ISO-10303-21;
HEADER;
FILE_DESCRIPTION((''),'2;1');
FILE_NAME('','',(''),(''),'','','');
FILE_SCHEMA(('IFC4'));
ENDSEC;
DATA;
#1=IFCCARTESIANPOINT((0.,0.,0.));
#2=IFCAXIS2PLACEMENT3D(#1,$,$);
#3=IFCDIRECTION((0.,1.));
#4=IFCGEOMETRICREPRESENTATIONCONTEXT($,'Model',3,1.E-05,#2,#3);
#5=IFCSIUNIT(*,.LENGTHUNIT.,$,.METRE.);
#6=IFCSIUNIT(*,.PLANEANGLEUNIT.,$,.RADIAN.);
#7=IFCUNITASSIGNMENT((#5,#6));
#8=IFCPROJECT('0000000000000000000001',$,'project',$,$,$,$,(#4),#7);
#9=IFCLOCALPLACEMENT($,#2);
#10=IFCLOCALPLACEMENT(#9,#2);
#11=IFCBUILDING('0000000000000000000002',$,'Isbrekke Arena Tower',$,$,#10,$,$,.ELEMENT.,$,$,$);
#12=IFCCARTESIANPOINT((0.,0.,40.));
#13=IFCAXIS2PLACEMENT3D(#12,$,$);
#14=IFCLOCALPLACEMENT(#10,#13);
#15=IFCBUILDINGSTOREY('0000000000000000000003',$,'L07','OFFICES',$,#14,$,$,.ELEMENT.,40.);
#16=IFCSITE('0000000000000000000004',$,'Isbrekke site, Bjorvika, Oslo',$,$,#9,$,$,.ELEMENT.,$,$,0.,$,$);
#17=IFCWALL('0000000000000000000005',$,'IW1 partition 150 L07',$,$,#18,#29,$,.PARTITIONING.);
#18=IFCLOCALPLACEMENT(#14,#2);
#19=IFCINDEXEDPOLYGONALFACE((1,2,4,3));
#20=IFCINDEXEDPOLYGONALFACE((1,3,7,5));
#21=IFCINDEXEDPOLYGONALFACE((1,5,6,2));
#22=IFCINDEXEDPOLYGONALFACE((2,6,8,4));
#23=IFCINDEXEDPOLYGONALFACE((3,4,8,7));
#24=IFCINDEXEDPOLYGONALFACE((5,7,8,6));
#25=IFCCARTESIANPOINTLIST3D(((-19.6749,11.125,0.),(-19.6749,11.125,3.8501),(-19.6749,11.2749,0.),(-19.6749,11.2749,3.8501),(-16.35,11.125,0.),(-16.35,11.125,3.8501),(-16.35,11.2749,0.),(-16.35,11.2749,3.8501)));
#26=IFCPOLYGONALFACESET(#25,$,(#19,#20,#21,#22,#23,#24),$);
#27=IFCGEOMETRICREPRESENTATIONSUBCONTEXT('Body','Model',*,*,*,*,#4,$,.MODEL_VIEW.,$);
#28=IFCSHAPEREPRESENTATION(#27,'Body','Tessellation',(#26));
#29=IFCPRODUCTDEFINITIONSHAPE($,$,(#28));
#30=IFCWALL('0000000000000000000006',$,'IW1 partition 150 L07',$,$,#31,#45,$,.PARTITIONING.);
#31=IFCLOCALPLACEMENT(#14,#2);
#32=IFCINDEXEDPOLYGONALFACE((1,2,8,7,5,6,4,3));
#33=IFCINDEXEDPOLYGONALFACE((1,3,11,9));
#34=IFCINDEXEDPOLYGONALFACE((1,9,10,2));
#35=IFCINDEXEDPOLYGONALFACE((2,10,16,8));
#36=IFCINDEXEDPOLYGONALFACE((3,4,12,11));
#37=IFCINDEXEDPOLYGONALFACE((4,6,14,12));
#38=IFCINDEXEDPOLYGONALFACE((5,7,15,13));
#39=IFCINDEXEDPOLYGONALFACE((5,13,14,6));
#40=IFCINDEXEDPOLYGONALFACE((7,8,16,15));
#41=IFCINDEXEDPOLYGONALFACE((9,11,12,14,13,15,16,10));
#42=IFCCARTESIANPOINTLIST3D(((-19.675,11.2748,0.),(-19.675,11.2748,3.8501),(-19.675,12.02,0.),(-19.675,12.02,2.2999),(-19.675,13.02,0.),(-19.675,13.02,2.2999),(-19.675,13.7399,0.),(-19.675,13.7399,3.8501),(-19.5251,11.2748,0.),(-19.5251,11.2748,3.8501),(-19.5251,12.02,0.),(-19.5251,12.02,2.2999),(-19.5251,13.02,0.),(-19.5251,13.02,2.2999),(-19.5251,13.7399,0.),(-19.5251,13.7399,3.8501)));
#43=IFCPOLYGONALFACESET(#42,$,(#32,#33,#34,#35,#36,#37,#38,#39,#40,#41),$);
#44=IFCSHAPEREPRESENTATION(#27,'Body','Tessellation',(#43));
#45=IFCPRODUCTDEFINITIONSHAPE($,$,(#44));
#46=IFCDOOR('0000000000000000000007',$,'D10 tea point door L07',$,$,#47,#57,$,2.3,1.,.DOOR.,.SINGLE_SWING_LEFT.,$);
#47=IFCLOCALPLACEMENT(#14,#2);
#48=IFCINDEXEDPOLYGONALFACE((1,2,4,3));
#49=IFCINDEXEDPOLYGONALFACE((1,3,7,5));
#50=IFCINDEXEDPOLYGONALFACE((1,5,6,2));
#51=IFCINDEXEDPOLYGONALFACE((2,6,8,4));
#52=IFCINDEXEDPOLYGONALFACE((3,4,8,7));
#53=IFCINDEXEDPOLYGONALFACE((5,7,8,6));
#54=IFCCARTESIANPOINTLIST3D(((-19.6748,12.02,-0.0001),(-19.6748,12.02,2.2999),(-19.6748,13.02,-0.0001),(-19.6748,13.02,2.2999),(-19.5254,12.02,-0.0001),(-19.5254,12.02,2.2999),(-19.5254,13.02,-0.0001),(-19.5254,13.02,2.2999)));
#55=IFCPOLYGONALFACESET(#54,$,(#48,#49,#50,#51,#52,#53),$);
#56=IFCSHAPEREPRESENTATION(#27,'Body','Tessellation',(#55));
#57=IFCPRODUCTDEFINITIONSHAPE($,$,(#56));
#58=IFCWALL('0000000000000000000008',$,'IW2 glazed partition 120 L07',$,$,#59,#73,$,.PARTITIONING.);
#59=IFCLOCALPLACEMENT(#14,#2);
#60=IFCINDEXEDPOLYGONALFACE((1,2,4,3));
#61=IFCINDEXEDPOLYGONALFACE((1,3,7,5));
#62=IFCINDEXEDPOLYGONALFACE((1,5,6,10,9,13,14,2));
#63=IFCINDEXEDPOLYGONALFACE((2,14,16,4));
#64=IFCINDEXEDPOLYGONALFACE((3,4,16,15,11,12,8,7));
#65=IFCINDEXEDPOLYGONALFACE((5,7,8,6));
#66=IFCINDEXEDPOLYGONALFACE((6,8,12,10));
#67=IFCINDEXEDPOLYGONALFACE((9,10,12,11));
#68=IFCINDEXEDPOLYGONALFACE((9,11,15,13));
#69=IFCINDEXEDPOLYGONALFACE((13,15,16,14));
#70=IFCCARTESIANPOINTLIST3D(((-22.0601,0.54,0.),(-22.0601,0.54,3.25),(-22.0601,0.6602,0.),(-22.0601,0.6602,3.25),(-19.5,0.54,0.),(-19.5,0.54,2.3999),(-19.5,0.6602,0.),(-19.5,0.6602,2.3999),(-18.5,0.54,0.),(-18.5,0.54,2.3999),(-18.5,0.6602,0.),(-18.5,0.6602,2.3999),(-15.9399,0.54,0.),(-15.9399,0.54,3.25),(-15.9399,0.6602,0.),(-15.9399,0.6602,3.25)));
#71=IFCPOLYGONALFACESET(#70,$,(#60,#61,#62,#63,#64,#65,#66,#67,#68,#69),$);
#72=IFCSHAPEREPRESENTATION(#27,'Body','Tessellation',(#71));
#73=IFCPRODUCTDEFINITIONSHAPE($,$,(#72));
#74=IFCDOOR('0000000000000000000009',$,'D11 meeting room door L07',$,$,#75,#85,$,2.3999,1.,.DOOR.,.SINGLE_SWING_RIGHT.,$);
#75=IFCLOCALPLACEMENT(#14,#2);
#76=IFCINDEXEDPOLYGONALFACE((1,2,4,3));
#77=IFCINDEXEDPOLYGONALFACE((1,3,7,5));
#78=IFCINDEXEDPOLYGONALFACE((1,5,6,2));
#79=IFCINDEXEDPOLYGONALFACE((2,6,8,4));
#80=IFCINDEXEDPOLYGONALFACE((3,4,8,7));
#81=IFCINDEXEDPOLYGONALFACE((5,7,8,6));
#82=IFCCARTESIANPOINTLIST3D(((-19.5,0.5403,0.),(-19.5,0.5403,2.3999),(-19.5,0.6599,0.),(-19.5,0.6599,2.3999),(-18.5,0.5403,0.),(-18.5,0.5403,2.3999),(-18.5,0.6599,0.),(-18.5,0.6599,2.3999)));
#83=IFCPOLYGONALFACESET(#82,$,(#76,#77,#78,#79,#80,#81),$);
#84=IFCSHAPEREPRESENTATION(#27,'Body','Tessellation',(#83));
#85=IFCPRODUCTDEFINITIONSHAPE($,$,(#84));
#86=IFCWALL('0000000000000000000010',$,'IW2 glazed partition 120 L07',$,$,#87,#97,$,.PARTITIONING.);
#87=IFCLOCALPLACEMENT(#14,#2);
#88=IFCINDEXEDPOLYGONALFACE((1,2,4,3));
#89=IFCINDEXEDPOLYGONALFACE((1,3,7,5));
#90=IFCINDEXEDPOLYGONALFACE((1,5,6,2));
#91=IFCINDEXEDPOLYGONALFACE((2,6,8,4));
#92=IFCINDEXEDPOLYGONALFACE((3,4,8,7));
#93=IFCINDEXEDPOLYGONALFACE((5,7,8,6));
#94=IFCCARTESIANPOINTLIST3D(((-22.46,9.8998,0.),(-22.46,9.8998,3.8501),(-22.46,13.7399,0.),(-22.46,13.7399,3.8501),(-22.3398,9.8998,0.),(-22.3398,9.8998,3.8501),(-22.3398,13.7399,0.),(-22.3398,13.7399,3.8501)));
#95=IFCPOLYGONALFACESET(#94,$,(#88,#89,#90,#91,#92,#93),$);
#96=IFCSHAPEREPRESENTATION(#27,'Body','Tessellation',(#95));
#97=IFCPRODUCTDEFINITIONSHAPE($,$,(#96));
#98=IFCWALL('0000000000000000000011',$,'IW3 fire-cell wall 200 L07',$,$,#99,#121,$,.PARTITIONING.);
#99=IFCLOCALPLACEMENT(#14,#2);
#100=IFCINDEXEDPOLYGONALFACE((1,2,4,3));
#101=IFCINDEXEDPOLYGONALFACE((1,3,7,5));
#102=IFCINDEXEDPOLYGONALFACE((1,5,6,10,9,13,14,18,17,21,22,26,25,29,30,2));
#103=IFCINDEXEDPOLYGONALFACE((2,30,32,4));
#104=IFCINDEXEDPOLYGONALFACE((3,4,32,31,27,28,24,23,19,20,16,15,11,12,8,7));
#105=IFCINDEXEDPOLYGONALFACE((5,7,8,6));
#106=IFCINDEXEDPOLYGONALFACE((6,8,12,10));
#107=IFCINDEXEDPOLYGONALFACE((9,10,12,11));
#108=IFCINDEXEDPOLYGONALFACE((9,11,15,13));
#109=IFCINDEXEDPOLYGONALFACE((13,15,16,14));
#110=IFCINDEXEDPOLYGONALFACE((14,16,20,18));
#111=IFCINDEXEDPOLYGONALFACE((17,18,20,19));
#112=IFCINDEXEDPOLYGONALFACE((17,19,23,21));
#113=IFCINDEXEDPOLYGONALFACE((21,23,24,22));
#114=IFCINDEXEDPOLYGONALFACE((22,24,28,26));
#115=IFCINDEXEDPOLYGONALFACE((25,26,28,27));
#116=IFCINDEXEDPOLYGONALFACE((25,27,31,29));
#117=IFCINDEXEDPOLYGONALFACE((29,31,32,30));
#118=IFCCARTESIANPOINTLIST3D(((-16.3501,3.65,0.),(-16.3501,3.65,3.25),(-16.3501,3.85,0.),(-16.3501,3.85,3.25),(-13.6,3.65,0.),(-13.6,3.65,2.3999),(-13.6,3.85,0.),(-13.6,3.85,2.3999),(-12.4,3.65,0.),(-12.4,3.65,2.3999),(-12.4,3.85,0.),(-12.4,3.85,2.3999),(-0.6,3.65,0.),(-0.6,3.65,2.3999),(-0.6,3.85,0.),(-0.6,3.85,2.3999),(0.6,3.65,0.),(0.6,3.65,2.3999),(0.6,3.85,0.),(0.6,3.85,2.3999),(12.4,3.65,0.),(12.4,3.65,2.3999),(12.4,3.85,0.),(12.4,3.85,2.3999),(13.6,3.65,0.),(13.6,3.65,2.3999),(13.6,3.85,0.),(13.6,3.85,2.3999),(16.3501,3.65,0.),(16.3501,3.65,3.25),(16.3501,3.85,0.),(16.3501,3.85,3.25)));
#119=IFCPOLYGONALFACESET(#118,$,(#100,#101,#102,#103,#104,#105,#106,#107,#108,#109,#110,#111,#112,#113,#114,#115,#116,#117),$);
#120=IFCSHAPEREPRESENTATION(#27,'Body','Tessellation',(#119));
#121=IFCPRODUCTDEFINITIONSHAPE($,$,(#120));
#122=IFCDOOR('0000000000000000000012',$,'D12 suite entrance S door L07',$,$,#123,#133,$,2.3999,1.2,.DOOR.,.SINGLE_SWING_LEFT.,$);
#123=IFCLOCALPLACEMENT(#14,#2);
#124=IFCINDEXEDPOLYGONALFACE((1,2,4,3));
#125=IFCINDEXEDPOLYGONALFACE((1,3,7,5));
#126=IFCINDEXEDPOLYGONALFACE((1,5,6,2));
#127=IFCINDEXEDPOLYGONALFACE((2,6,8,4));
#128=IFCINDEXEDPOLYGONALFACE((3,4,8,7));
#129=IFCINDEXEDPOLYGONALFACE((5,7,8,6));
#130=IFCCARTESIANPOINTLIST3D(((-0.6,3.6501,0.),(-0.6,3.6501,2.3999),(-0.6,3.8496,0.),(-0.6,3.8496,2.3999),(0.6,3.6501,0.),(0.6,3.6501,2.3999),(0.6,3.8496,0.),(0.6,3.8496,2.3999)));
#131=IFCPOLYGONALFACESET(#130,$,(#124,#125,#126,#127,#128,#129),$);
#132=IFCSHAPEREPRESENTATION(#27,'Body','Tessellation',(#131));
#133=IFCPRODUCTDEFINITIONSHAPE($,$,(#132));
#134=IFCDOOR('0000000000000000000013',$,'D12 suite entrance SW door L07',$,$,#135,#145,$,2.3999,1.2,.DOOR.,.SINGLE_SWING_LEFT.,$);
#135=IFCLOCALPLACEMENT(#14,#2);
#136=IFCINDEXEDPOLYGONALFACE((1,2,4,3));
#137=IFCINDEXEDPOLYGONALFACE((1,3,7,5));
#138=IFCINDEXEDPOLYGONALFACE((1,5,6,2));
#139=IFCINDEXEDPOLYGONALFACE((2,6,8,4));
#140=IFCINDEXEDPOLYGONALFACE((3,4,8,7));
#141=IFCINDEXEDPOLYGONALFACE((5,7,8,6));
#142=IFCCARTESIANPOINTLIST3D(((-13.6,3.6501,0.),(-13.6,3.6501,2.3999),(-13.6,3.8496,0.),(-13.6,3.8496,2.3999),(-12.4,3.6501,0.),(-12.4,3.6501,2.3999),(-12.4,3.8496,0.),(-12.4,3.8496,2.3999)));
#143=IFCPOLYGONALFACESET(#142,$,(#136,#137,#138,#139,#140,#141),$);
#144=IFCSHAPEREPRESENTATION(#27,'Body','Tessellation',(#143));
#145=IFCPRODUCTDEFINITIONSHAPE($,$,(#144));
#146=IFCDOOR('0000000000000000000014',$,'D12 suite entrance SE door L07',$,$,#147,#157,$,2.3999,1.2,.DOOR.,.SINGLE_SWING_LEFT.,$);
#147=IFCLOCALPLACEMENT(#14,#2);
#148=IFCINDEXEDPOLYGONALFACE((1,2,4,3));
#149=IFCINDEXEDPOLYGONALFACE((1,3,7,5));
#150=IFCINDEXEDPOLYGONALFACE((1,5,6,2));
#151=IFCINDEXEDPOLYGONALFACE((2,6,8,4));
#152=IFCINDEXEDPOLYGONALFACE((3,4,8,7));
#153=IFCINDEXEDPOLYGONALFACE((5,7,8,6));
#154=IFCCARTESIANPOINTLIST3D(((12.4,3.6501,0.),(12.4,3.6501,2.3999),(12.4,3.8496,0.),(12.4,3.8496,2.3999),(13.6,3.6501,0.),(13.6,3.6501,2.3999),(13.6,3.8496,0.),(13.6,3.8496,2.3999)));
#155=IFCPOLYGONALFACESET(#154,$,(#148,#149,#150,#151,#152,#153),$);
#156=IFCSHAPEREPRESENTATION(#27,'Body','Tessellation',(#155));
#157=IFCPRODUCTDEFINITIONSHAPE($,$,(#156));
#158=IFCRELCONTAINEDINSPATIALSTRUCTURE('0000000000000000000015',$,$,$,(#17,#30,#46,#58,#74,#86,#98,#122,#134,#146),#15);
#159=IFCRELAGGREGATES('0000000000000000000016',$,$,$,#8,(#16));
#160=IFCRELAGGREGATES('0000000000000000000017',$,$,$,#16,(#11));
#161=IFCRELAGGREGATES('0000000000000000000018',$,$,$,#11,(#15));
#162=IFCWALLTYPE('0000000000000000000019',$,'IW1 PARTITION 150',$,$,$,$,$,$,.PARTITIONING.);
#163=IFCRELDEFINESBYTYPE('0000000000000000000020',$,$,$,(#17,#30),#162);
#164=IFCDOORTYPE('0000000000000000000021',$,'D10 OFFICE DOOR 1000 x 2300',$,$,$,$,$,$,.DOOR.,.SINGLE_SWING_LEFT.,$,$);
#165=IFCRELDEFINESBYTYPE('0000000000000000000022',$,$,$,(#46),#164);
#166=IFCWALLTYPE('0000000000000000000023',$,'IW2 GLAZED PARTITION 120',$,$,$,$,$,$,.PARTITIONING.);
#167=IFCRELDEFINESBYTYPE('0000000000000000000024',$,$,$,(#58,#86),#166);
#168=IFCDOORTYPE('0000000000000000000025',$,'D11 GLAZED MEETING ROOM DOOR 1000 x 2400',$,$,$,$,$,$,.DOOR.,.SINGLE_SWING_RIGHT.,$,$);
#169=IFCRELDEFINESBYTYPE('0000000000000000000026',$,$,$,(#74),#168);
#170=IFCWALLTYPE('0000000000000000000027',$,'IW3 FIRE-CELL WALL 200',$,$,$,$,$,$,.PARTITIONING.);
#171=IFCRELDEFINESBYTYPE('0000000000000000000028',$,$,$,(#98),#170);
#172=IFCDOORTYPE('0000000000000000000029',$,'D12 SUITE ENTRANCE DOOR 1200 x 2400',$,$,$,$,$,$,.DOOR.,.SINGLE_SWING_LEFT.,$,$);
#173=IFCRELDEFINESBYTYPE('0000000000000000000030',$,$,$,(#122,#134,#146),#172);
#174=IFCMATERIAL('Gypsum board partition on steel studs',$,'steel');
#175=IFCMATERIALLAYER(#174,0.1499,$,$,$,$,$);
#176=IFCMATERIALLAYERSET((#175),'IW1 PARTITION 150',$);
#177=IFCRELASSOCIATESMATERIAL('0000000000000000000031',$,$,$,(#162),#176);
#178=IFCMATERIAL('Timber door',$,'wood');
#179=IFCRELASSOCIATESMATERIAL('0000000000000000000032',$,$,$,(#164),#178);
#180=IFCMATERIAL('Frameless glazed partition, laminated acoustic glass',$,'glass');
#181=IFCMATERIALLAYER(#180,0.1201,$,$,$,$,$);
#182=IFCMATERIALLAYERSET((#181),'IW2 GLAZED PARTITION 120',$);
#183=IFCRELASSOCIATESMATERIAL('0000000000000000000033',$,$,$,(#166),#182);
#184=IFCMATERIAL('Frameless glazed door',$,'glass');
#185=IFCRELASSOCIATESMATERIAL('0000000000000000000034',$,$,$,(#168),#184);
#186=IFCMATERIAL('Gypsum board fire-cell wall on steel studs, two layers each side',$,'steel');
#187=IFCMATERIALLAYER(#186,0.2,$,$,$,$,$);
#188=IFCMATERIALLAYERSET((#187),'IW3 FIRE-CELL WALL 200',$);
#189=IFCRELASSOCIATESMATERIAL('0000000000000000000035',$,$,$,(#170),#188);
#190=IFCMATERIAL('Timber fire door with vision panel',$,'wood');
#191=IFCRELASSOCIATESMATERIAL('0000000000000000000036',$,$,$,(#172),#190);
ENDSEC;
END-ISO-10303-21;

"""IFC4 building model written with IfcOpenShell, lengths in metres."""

from ifc_helpers import new_model, si_unit, direction, frame, frame_2d, origin, place, context, subcontext, project, spatial, rectangle, extrude, material, layer, layer_set, type_object, element, fill, save


model = new_model("IFC4")

# Units and contexts
model_context = context("Model", 3, precision=1e-05, world=origin(), true_north=direction((0.0, 1.0)))
body_context = subcontext(model_context, "Body", "Model", "MODEL_VIEW")
ifc_project = project(units=[si_unit("LENGTHUNIT", "METRE"), si_unit("PLANEANGLEUNIT", "RADIAN")], contexts=[model_context])

# Site, building, storey
site_placement = place(None, origin())
site = spatial("IfcSite", under=ifc_project, at=site_placement, Name="Isbrekke site, Bjorvika, Oslo", CompositionType="ELEMENT", RefElevation=0.0)
building_placement = place(site_placement, origin())
building = spatial("IfcBuilding", under=site, at=building_placement, Name="Isbrekke Arena Tower", CompositionType="ELEMENT")
storey_placement = place(building_placement, frame((0.0, 0.0, 40.0)))
storey = spatial("IfcBuildingStorey", under=building, at=storey_placement, Name="L07", Description="OFFICES", CompositionType="ELEMENT", Elevation=40.0)

# Wall
ifc_material_1 = material(Name="Gypsum board partition on steel studs", Category="steel")
ifc_layer_1 = layer(ifc_material_1, 0.1499)
ifc_layer_set_1 = layer_set([ifc_layer_1], Name="IW1 PARTITION 150")
wall_type_1 = type_object("IfcWallType", Name="IW1 PARTITION 150", PredefinedType="PARTITIONING", material=ifc_layer_set_1)
wall_1_placement = place(storey_placement, frame((-19.675, 11.2, 0.0), z_axis=(0.0, 0.0, 1.0), x_axis=(1.0, 0.0, 0.0)))
element("IfcWall", 1, at=wall_1_placement, inside=storey, type_object=wall_type_1, Name="IW1 partition 150 L07", PredefinedType="PARTITIONING", context=body_context, shape_type="SweptSolid", body=[
    extrude(rectangle(XDim=3.325, YDim=0.1499, at=frame_2d((1.6626, 0.0))), origin(), (0.0, 0.0, 1.0), 3.8501),
])

# Walls, openings, doors
wall_2_placement = place(storey_placement, frame((-19.6001, 11.2749, 0.0), z_axis=(0.0, 0.0, 1.0), x_axis=(0.0, 1.0, 0.0)))
wall_2 = element("IfcWall", 2, at=wall_2_placement, inside=storey, type_object=wall_type_1, Name="IW1 partition 150 L07", PredefinedType="PARTITIONING", context=body_context, shape_type="SweptSolid", body=[
    extrude(rectangle(XDim=2.4651, YDim=0.1499, at=frame_2d((1.2324, 0.0))), origin(), (0.0, 0.0, 1.0), 3.8501),
])
opening_1_placement = place(wall_2_placement, frame((0.7451, 0.0, 0.0)))
opening_1 = element("IfcOpeningElement", 3, at=opening_1_placement, cuts=wall_2, PredefinedType="OPENING", context=body_context, shape_type="SweptSolid", body=[
    extrude(rectangle(XDim=1.0, YDim=2.3, at=frame_2d((0.5, 1.1499))), frame((0.0, 0.0898, 0.0), z_axis=(0.0, -1.0, 0.0), x_axis=(1.0, 0.0, 0.0)), (0.0, 0.0, 1.0), 0.1797),
])
ifc_material_2 = material(Name="Timber door", Category="wood")
door_type_1 = type_object("IfcDoorType", Name="D10 OFFICE DOOR 1000 x 2300", OperationType="SINGLE_SWING_LEFT", PredefinedType="DOOR", material=ifc_material_2)
door_1_placement = place(opening_1_placement, origin())
door_1 = element("IfcDoor", 4, at=door_1_placement, inside=storey, type_object=door_type_1, Name="D10 tea point door L07", OperationType="SINGLE_SWING_LEFT", OverallHeight=2.3, OverallWidth=1.0, PredefinedType="DOOR", context=body_context, shape_type="SweptSolid", body=[
    extrude(rectangle(XDim=1.0, YDim=2.3, at=frame_2d((0.5, 1.1499))), frame((0.0, 0.0747, 0.0), z_axis=(0.0, -1.0, 0.0), x_axis=(1.0, 0.0, 0.0)), (0.0, 0.0, 1.0), 0.1494),
])
fill(opening_1, door_1)
ifc_material_3 = material(Name="Frameless glazed partition, laminated acoustic glass", Category="glass")
ifc_layer_2 = layer(ifc_material_3, 0.1201)
ifc_layer_set_2 = layer_set([ifc_layer_2], Name="IW2 GLAZED PARTITION 120")
wall_type_2 = type_object("IfcWallType", Name="IW2 GLAZED PARTITION 120", PredefinedType="PARTITIONING", material=ifc_layer_set_2)
wall_3_placement = place(storey_placement, frame((-22.0601, 0.6001, 0.0), z_axis=(0.0, 0.0, 1.0), x_axis=(1.0, 0.0, 0.0)))
wall_3 = element("IfcWall", 5, at=wall_3_placement, inside=storey, type_object=wall_type_2, Name="IW2 glazed partition 120 L07", PredefinedType="PARTITIONING", context=body_context, shape_type="SweptSolid", body=[
    extrude(rectangle(XDim=6.1201, YDim=0.1201, at=frame_2d((3.0601, 0.0))), origin(), (0.0, 0.0, 1.0), 3.25),
])
opening_2_placement = place(wall_3_placement, frame((2.5601, 0.0, 0.0)))
opening_2 = element("IfcOpeningElement", 6, at=opening_2_placement, cuts=wall_3, PredefinedType="OPENING", context=body_context, shape_type="SweptSolid", body=[
    extrude(rectangle(XDim=1.0, YDim=2.3999, at=frame_2d((0.5, 1.2))), frame((0.0, 0.075, 0.0), z_axis=(0.0, -1.0, 0.0), x_axis=(1.0, 0.0, 0.0)), (0.0, 0.0, 1.0), 0.1499),
])
ifc_material_4 = material(Name="Frameless glazed door", Category="glass")
door_type_2 = type_object("IfcDoorType", Name="D11 GLAZED MEETING ROOM DOOR 1000 x 2400", OperationType="SINGLE_SWING_RIGHT", PredefinedType="DOOR", material=ifc_material_4)
door_2_placement = place(opening_2_placement, origin())
door_2 = element("IfcDoor", 7, at=door_2_placement, inside=storey, type_object=door_type_2, Name="D11 meeting room door L07", OperationType="SINGLE_SWING_RIGHT", OverallHeight=2.3999, OverallWidth=1.0, PredefinedType="DOOR", context=body_context, shape_type="SweptSolid", body=[
    extrude(rectangle(XDim=1.0, YDim=2.3999, at=frame_2d((0.5, 1.2))), frame((0.0, 0.0598, 0.0), z_axis=(0.0, -1.0, 0.0), x_axis=(1.0, 0.0, 0.0)), (0.0, 0.0, 1.0), 0.1196),
])
fill(opening_2, door_2)

# Wall
wall_4_placement = place(storey_placement, frame((-22.3999, 9.8999, 0.0), z_axis=(0.0, 0.0, 1.0), x_axis=(0.0, 1.0, 0.0)))
element("IfcWall", 8, at=wall_4_placement, inside=storey, type_object=wall_type_2, Name="IW2 glazed partition 120 L07", PredefinedType="PARTITIONING", context=body_context, shape_type="SweptSolid", body=[
    extrude(rectangle(XDim=3.8401, YDim=0.1201, at=frame_2d((1.9199, 0.0))), origin(), (0.0, 0.0, 1.0), 3.8501),
])

# Wall, openings, doors
ifc_material_5 = material(Name="Gypsum board fire-cell wall on steel studs, two layers each side", Category="steel")
ifc_layer_3 = layer(ifc_material_5, 0.2)
ifc_layer_set_3 = layer_set([ifc_layer_3], Name="IW3 FIRE-CELL WALL 200")
wall_type_3 = type_object("IfcWallType", Name="IW3 FIRE-CELL WALL 200", PredefinedType="PARTITIONING", material=ifc_layer_set_3)
wall_5_placement = place(storey_placement, frame((-16.3501, 3.75, 0.0), z_axis=(0.0, 0.0, 1.0), x_axis=(1.0, 0.0, 0.0)))
wall_5 = element("IfcWall", 9, at=wall_5_placement, inside=storey, type_object=wall_type_3, Name="IW3 fire-cell wall 200 L07", PredefinedType="PARTITIONING", context=body_context, shape_type="SweptSolid", body=[
    extrude(rectangle(XDim=32.7002, YDim=0.2, at=frame_2d((16.3501, 0.0))), origin(), (0.0, 0.0, 1.0), 3.25),
])
opening_3_placement = place(wall_5_placement, frame((15.75, 0.0, 0.0)))
opening_3 = element("IfcOpeningElement", 10, at=opening_3_placement, cuts=wall_5, PredefinedType="OPENING", context=body_context, shape_type="SweptSolid", body=[
    extrude(rectangle(XDim=1.2, YDim=2.3999, at=frame_2d((0.6001, 1.2))), frame((0.0, 0.1147, 0.0), z_axis=(0.0, -1.0, 0.0), x_axis=(1.0, 0.0, 0.0)), (0.0, 0.0, 1.0), 0.2297),
])
opening_4_placement = place(wall_5_placement, frame((2.75, 0.0, 0.0)))
opening_4 = element("IfcOpeningElement", 11, at=opening_4_placement, cuts=wall_5, PredefinedType="OPENING", context=body_context, shape_type="SweptSolid", body=[
    extrude(rectangle(XDim=1.2, YDim=2.3999, at=frame_2d((0.6001, 1.2))), frame((0.0, 0.1147, 0.0), z_axis=(0.0, -1.0, 0.0), x_axis=(1.0, 0.0, 0.0)), (0.0, 0.0, 1.0), 0.2297),
])
opening_5_placement = place(wall_5_placement, frame((28.75, 0.0, 0.0)))
opening_5 = element("IfcOpeningElement", 12, at=opening_5_placement, cuts=wall_5, PredefinedType="OPENING", context=body_context, shape_type="SweptSolid", body=[
    extrude(rectangle(XDim=1.2, YDim=2.3999, at=frame_2d((0.6001, 1.2))), frame((0.0, 0.1147, 0.0), z_axis=(0.0, -1.0, 0.0), x_axis=(1.0, 0.0, 0.0)), (0.0, 0.0, 1.0), 0.2297),
])
ifc_material_6 = material(Name="Timber fire door with vision panel", Category="wood")
door_type_3 = type_object("IfcDoorType", Name="D12 SUITE ENTRANCE DOOR 1200 x 2400", OperationType="SINGLE_SWING_LEFT", PredefinedType="DOOR", material=ifc_material_6)
door_3_placement = place(opening_3_placement, origin())
door_3 = element("IfcDoor", 13, at=door_3_placement, inside=storey, type_object=door_type_3, Name="D12 suite entrance S door L07", OperationType="SINGLE_SWING_LEFT", OverallHeight=2.3999, OverallWidth=1.2, PredefinedType="DOOR", context=body_context, shape_type="SweptSolid", body=[
    extrude(rectangle(XDim=1.2, YDim=2.3999, at=frame_2d((0.6001, 1.2))), frame((0.0, 0.0996, 0.0), z_axis=(0.0, -1.0, 0.0), x_axis=(1.0, 0.0, 0.0)), (0.0, 0.0, 1.0), 0.1995),
])
fill(opening_3, door_3)
door_4_placement = place(opening_4_placement, origin())
door_4 = element("IfcDoor", 14, at=door_4_placement, inside=storey, type_object=door_type_3, Name="D12 suite entrance SW door L07", OperationType="SINGLE_SWING_LEFT", OverallHeight=2.3999, OverallWidth=1.2, PredefinedType="DOOR", context=body_context, shape_type="SweptSolid", body=[
    extrude(rectangle(XDim=1.2, YDim=2.3999, at=frame_2d((0.6001, 1.2))), frame((0.0, 0.0996, 0.0), z_axis=(0.0, -1.0, 0.0), x_axis=(1.0, 0.0, 0.0)), (0.0, 0.0, 1.0), 0.1995),
])
fill(opening_4, door_4)
door_5_placement = place(opening_5_placement, origin())
door_5 = element("IfcDoor", 15, at=door_5_placement, inside=storey, type_object=door_type_3, Name="D12 suite entrance SE door L07", OperationType="SINGLE_SWING_LEFT", OverallHeight=2.3999, OverallWidth=1.2, PredefinedType="DOOR", context=body_context, shape_type="SweptSolid", body=[
    extrude(rectangle(XDim=1.2, YDim=2.3999, at=frame_2d((0.6001, 1.2))), frame((0.0, 0.0996, 0.0), z_axis=(0.0, -1.0, 0.0), x_axis=(1.0, 0.0, 0.0)), (0.0, 0.0, 1.0), 0.1995),
])
fill(opening_5, door_5)

save(model, "model.ifc")
